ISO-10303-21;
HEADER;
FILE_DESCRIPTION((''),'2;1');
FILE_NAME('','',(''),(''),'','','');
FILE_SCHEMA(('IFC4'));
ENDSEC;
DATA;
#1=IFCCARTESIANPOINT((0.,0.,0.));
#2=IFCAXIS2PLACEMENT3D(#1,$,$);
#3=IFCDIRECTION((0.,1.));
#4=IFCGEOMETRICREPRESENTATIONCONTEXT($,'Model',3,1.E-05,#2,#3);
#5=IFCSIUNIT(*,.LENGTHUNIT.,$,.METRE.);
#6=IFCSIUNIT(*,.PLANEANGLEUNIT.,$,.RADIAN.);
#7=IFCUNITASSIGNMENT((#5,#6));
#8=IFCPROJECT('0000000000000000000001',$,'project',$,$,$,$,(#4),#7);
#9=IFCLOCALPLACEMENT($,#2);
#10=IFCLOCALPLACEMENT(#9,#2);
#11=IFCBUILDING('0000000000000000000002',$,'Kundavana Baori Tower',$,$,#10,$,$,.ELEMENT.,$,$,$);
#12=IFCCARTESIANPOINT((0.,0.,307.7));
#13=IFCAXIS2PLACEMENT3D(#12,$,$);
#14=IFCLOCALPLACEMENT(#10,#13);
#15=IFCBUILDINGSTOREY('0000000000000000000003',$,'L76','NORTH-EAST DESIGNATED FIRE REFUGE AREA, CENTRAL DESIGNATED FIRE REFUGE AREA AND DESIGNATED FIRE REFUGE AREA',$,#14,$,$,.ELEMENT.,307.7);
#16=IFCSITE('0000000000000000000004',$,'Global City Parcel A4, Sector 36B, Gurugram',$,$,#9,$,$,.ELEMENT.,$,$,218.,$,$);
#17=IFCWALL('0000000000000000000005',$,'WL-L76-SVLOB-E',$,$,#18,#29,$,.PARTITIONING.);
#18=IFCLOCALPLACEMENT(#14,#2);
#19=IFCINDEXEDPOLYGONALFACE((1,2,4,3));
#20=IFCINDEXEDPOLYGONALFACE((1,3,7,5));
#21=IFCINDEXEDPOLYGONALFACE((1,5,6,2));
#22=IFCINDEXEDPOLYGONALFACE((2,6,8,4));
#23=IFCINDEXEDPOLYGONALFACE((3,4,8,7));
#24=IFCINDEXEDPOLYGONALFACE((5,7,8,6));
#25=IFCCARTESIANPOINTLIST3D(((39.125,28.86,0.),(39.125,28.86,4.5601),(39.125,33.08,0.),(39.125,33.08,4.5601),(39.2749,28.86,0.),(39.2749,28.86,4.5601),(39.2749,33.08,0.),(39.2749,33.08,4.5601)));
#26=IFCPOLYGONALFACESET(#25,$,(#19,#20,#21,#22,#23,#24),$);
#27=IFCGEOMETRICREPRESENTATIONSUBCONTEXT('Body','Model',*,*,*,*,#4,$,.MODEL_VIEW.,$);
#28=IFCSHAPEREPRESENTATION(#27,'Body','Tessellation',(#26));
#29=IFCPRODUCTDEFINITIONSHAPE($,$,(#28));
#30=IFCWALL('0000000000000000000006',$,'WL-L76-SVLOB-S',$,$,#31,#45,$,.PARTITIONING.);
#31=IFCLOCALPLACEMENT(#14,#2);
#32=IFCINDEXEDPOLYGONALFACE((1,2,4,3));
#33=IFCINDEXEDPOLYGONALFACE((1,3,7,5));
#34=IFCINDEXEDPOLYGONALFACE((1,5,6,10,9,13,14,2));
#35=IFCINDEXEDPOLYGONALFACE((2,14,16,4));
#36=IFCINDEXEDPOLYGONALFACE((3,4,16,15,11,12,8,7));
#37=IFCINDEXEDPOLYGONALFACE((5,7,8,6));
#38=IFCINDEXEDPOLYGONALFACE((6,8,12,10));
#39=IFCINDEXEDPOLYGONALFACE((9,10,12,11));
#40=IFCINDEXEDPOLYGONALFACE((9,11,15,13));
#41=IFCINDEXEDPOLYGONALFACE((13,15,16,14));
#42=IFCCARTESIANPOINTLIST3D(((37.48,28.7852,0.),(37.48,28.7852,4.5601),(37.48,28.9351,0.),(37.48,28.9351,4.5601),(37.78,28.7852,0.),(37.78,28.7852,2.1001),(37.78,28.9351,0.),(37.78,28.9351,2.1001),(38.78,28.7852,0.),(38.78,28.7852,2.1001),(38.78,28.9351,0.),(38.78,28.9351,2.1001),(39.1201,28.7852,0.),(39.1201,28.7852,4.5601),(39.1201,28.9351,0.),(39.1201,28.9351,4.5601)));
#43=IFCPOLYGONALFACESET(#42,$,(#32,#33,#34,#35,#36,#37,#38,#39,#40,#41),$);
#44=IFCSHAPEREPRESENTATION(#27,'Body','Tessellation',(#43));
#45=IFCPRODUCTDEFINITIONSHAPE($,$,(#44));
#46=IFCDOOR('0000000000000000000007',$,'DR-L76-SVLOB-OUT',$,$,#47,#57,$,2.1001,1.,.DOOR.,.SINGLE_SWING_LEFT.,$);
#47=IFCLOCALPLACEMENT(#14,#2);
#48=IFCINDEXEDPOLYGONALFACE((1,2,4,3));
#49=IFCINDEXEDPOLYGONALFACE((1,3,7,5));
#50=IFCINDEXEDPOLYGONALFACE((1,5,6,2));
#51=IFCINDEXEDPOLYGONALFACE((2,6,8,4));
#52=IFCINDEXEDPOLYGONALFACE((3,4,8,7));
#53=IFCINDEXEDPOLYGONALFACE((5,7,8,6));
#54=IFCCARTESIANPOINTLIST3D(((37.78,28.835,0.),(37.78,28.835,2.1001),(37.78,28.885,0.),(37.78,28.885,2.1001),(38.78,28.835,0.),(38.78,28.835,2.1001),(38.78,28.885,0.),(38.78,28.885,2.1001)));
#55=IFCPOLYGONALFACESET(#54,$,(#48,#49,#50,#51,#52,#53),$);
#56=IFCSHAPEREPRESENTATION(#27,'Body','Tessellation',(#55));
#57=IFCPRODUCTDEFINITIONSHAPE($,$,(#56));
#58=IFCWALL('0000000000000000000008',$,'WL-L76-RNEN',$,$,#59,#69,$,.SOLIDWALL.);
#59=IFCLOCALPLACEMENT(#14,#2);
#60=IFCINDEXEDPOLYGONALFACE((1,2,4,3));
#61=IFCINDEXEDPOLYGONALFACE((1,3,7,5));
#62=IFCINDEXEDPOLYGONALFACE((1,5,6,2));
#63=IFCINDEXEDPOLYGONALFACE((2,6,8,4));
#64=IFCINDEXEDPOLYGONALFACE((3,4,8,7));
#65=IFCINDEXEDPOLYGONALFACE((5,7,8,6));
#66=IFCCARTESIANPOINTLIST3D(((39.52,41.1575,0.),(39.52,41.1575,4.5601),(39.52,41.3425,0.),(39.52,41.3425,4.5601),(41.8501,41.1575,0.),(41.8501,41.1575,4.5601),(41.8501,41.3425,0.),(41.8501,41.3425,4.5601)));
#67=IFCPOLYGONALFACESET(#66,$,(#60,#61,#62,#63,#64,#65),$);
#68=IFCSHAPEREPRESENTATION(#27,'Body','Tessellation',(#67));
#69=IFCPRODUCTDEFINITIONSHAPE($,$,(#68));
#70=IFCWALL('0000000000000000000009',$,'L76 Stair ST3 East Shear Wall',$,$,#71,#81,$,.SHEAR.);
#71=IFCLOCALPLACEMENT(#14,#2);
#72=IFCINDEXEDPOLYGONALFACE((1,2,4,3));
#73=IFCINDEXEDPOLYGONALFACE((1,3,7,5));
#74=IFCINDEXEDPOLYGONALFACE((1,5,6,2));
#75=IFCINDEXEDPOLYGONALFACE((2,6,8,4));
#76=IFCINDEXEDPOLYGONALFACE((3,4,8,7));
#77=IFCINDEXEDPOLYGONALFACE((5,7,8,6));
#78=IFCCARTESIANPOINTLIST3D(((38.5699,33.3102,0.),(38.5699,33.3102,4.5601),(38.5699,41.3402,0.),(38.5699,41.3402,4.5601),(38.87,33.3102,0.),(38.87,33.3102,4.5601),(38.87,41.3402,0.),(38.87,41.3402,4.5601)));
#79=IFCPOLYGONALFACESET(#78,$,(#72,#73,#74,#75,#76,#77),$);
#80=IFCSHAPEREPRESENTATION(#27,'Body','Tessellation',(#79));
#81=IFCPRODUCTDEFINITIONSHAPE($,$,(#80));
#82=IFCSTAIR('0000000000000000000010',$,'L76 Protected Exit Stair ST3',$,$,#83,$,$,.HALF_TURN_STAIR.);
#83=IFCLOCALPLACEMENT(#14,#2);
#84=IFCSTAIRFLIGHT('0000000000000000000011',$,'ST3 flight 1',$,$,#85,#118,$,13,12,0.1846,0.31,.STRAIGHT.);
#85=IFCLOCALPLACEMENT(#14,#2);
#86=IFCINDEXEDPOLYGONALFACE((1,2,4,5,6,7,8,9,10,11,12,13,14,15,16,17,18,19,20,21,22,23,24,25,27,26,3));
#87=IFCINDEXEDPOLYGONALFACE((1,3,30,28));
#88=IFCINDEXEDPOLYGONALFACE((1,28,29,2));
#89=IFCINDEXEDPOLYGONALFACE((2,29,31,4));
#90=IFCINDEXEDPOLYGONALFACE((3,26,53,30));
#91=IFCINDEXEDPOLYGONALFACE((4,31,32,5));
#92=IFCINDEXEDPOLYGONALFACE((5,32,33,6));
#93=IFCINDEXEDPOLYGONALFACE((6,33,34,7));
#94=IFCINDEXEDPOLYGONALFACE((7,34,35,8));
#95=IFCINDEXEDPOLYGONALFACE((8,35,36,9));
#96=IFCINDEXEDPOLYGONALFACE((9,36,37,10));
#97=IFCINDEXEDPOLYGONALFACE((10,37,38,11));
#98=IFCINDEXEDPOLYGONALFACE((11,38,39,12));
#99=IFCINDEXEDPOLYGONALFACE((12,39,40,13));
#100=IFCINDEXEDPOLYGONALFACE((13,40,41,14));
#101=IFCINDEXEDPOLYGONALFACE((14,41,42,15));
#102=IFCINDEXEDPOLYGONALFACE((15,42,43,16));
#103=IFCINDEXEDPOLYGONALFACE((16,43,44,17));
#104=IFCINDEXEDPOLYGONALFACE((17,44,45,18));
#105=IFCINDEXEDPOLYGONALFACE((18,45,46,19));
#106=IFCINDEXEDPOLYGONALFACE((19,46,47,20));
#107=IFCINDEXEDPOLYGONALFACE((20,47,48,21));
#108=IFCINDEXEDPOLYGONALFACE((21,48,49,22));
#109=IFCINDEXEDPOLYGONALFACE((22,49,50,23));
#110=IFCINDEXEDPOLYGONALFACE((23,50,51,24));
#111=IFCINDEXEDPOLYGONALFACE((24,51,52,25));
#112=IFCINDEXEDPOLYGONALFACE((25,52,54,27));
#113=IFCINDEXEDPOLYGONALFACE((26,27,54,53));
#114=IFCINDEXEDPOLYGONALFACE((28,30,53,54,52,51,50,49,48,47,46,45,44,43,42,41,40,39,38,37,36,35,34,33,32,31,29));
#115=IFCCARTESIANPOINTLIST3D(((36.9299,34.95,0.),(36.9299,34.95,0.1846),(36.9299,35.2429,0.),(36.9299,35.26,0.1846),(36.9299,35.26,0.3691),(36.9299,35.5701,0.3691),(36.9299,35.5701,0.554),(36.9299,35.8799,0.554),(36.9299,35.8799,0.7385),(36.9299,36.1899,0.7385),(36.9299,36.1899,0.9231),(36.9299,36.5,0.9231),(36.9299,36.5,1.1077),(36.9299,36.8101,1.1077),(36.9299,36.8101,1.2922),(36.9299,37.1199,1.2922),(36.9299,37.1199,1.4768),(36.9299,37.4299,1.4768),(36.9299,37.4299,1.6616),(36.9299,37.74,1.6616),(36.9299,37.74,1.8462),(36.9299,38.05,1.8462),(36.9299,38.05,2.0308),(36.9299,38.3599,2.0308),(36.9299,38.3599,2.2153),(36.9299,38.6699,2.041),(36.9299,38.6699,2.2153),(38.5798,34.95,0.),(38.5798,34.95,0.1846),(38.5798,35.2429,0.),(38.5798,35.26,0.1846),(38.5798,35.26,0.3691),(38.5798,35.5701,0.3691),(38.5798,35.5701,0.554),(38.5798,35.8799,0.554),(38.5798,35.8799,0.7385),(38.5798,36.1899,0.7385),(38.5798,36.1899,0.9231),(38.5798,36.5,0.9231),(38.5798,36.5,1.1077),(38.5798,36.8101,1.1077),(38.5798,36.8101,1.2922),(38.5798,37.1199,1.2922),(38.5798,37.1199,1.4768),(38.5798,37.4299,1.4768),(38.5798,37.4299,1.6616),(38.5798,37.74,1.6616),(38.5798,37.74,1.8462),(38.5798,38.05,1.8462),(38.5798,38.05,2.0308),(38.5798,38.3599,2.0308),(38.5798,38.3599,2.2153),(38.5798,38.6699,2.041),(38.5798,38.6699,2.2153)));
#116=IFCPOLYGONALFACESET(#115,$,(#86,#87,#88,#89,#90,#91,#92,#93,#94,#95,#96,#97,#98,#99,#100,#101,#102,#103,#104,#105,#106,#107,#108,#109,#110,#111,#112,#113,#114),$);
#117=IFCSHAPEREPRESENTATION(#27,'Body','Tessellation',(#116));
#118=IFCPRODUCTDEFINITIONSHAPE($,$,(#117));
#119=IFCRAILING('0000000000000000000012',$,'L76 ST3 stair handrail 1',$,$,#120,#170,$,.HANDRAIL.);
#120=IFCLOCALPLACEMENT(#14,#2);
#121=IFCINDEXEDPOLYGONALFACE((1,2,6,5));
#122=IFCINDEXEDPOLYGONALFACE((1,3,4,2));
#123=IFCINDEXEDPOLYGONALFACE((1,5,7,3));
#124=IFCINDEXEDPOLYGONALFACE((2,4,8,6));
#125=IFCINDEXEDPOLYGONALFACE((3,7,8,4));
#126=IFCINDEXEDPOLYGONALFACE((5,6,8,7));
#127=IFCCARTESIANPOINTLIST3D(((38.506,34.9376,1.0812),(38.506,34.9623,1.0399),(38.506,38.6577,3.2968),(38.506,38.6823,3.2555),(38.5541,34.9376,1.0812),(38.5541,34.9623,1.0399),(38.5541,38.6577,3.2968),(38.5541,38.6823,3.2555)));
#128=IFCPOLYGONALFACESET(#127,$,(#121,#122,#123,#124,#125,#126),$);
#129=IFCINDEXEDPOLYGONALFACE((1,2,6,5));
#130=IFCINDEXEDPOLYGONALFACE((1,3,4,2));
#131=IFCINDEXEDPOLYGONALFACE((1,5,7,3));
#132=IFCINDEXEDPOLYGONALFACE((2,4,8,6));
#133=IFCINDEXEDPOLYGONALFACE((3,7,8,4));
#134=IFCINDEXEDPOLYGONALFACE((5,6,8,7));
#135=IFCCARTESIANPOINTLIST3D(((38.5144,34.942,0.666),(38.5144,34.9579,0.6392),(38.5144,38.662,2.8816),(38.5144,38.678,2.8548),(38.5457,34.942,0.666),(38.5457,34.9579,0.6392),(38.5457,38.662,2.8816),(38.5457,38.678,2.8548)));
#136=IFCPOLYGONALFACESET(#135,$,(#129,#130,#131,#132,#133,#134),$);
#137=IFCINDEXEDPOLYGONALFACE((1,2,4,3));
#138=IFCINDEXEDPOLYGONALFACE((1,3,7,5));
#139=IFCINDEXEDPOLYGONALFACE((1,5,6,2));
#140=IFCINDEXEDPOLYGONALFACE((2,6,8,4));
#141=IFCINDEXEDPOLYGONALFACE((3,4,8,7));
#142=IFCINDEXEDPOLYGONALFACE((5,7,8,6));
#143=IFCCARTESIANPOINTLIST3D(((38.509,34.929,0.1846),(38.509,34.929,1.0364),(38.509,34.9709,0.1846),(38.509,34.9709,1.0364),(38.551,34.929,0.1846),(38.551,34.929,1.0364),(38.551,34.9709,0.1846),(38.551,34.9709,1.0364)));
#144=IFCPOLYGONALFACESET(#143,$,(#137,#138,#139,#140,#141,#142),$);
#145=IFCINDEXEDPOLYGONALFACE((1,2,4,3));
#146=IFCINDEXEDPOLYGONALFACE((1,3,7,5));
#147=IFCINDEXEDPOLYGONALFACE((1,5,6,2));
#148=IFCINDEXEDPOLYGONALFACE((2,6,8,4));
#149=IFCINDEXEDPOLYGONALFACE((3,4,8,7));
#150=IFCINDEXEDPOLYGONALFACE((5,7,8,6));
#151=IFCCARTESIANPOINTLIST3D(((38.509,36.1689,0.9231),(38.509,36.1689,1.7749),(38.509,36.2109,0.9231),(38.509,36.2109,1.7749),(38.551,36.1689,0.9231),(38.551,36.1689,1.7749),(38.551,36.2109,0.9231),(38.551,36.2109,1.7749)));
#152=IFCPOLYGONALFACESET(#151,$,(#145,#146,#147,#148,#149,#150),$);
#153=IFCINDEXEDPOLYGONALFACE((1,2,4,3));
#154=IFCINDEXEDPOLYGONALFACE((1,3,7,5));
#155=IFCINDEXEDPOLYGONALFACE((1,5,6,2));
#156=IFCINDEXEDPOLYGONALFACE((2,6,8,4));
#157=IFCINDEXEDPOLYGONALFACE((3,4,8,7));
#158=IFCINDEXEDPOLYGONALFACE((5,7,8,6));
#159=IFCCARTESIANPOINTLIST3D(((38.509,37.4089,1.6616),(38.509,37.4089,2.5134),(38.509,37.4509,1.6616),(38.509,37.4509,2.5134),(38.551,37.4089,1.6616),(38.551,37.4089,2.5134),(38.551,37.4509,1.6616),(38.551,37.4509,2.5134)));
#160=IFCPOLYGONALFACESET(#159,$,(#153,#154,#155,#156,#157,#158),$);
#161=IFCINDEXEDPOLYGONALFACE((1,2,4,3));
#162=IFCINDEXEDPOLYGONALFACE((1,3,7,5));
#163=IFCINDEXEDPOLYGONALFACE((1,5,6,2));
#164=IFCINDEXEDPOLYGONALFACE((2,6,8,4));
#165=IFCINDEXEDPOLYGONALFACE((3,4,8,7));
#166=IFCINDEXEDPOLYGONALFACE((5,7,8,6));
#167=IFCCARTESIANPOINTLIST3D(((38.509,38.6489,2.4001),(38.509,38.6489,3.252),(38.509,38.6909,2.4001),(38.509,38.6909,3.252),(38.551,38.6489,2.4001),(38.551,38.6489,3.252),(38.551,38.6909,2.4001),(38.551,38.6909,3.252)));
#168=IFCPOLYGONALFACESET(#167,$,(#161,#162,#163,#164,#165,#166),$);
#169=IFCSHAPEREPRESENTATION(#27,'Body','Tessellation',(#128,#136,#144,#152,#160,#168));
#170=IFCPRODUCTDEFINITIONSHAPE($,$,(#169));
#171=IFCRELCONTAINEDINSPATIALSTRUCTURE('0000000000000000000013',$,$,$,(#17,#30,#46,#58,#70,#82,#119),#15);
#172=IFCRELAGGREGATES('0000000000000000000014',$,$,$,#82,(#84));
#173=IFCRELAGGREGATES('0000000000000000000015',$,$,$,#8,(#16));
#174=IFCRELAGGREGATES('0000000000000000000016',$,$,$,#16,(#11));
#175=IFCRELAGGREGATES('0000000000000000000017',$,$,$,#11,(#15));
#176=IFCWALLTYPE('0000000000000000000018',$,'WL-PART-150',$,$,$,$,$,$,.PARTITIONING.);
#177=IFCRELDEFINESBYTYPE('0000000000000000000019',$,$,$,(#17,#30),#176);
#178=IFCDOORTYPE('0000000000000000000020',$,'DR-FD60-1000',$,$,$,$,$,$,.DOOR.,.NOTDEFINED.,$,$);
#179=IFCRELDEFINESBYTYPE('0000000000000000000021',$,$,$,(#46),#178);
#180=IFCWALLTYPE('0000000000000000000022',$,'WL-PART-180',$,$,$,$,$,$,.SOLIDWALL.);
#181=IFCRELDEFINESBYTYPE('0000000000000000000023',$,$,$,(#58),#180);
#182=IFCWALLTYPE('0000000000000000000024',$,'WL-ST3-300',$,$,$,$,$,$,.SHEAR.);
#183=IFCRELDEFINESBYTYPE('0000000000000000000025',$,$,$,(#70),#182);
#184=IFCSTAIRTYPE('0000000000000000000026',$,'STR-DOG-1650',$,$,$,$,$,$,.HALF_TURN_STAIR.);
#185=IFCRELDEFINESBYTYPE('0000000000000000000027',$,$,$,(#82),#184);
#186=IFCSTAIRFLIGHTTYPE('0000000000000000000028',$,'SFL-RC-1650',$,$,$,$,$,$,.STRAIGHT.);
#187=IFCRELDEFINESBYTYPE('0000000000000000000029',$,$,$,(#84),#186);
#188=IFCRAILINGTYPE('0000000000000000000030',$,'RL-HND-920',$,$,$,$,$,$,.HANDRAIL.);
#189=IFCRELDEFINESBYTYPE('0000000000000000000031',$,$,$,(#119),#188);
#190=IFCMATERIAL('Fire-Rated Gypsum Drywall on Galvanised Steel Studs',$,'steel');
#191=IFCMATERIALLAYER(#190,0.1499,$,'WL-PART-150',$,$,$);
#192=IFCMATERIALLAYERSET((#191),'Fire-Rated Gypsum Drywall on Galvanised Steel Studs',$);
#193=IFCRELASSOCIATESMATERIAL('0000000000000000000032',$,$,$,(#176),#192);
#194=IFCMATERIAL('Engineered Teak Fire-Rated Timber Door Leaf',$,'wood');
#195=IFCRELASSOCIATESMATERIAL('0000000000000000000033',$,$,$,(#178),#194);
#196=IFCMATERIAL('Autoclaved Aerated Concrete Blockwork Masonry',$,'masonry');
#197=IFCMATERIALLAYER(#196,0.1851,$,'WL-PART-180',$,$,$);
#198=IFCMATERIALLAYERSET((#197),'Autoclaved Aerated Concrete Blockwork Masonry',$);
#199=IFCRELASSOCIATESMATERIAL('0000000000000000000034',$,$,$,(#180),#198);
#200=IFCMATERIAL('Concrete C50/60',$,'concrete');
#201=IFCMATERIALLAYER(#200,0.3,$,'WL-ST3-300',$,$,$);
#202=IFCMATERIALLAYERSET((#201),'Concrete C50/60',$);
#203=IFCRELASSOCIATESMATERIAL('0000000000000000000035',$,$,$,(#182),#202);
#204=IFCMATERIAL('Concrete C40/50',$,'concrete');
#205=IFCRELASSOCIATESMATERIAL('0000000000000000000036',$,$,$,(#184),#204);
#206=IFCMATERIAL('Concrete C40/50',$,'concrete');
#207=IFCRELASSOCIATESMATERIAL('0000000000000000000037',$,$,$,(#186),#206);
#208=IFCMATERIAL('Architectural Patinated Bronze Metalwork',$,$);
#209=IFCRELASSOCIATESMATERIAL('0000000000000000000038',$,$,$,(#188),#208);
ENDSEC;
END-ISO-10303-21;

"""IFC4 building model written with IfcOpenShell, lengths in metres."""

from ifc_helpers import new_model, si_unit, direction, frame, frame_2d, origin, origin_2d, place, context, subcontext, project, spatial, polyline, rectangle, outline, extrude, material, layer, layer_set, type_object, element, fill, aggregate, save


model = new_model("IFC4")

# Units and contexts
model_context = context("Model", 3, precision=1e-05, world=origin(), true_north=direction((0.0, 1.0)))
body_context = subcontext(model_context, "Body", "Model", "MODEL_VIEW")
ifc_project = project(units=[si_unit("LENGTHUNIT", "METRE"), si_unit("PLANEANGLEUNIT", "RADIAN")], contexts=[model_context])

# Site, building, storey
site_placement = place(None, origin())
site = spatial("IfcSite", under=ifc_project, at=site_placement, Name="Global City Parcel A4, Sector 36B, Gurugram", CompositionType="ELEMENT", RefElevation=218.0)
building_placement = place(site_placement, origin())
building = spatial("IfcBuilding", under=site, at=building_placement, Name="Kundavana Baori Tower", CompositionType="ELEMENT")
storey_placement = place(building_placement, frame((0.0, 0.0, 307.7)))
storey = spatial("IfcBuildingStorey", under=building, at=storey_placement, Name="L76", Description="NORTH-EAST DESIGNATED FIRE REFUGE AREA, CENTRAL DESIGNATED FIRE REFUGE AREA AND DESIGNATED FIRE REFUGE AREA", CompositionType="ELEMENT", Elevation=307.7)

# Wall
ifc_material_1 = material(Name="Fire-Rated Gypsum Drywall on Galvanised Steel Studs", Category="steel")
ifc_layer_1 = layer(ifc_material_1, 0.1499, Name="WL-PART-150")
ifc_layer_set_1 = layer_set([ifc_layer_1], Name="Fire-Rated Gypsum Drywall on Galvanised Steel Studs")
wall_type_1 = type_object("IfcWallType", Name="WL-PART-150", PredefinedType="PARTITIONING", material=ifc_layer_set_1)
wall_1_placement = place(storey_placement, frame((39.2, 28.8601, 0.0), z_axis=(0.0, 0.0, 1.0), x_axis=(0.0, 1.0, 0.0)))
element("IfcWall", 1, at=wall_1_placement, inside=storey, type_object=wall_type_1, Name="WL-L76-SVLOB-E", PredefinedType="PARTITIONING", context=body_context, shape_type="SweptSolid", body=[
    extrude(rectangle(XDim=4.22, YDim=0.1499, at=frame_2d((2.1099, 0.0))), origin(), (0.0, 0.0, 1.0), 4.5601),
])

# Wall, opening, door
wall_2_placement = place(storey_placement, frame((37.48, 28.8601, 0.0), z_axis=(0.0, 0.0, 1.0), x_axis=(1.0, 0.0, 0.0)))
wall_2 = element("IfcWall", 2, at=wall_2_placement, inside=storey, type_object=wall_type_1, Name="WL-L76-SVLOB-S", PredefinedType="PARTITIONING", context=body_context, shape_type="SweptSolid", body=[
    extrude(rectangle(XDim=1.6401, YDim=0.1499, at=frame_2d((0.8201, 0.0))), origin(), (0.0, 0.0, 1.0), 4.5601),
])
opening_1_placement = place(wall_2_placement, frame((0.3, 0.0, 0.0)))
opening_1 = element("IfcOpeningElement", 3, at=opening_1_placement, cuts=wall_2, PredefinedType="OPENING", context=body_context, shape_type="SweptSolid", body=[
    extrude(rectangle(XDim=1.0, YDim=2.1001, at=frame_2d((0.5, 1.05))), frame((0.0, 0.085, 0.0), z_axis=(0.0, -1.0, 0.0), x_axis=(1.0, 0.0, 0.0)), (0.0, 0.0, 1.0), 0.1699),
])
ifc_material_2 = material(Name="Engineered Teak Fire-Rated Timber Door Leaf", Category="wood")
door_type_1 = type_object("IfcDoorType", Name="DR-FD60-1000", OperationType="NOTDEFINED", PredefinedType="DOOR", material=ifc_material_2)
door_1_placement = place(opening_1_placement, origin())
door_1 = element("IfcDoor", 4, at=door_1_placement, inside=storey, type_object=door_type_1, Name="DR-L76-SVLOB-OUT", OperationType="SINGLE_SWING_LEFT", OverallHeight=2.1001, OverallWidth=1.0, PredefinedType="DOOR", context=body_context, shape_type="SweptSolid", body=[
    extrude(rectangle(XDim=1.0, YDim=2.1001, at=frame_2d((0.5, 1.05))), frame((0.0, 0.0249, 0.0), z_axis=(0.0, -1.0, 0.0), x_axis=(1.0, 0.0, 0.0)), (0.0, 0.0, 1.0), 0.05),
])
fill(opening_1, door_1)

# Wall
ifc_material_3 = material(Name="Autoclaved Aerated Concrete Blockwork Masonry", Category="masonry")
ifc_layer_2 = layer(ifc_material_3, 0.1851, Name="WL-PART-180")
ifc_layer_set_2 = layer_set([ifc_layer_2], Name="Autoclaved Aerated Concrete Blockwork Masonry")
wall_type_2 = type_object("IfcWallType", Name="WL-PART-180", PredefinedType="SOLIDWALL", material=ifc_layer_set_2)
wall_3_placement = place(storey_placement, frame((39.52, 41.25, 0.0), z_axis=(0.0, 0.0, 1.0), x_axis=(1.0, 0.0, 0.0)))
element("IfcWall", 5, at=wall_3_placement, inside=storey, type_object=wall_type_2, Name="WL-L76-RNEN", PredefinedType="SOLIDWALL", context=body_context, shape_type="SweptSolid", body=[
    extrude(rectangle(XDim=2.3301, YDim=0.1851, at=frame_2d((1.165, 0.0))), origin(), (0.0, 0.0, 1.0), 4.5601),
])

# Wall
ifc_material_4 = material(Name="Concrete C50/60", Category="concrete")
ifc_layer_3 = layer(ifc_material_4, 0.3, Name="WL-ST3-300")
ifc_layer_set_3 = layer_set([ifc_layer_3], Name="Concrete C50/60")
wall_type_3 = type_object("IfcWallType", Name="WL-ST3-300", PredefinedType="SHEAR", material=ifc_layer_set_3)
wall_4_placement = place(storey_placement, frame((38.72, 33.3101, 0.0), z_axis=(0.0, 0.0, 1.0), x_axis=(0.0, 1.0, 0.0)))
element("IfcWall", 6, at=wall_4_placement, inside=storey, type_object=wall_type_3, Name="L76 Stair ST3 East Shear Wall", PredefinedType="SHEAR", context=body_context, shape_type="SweptSolid", body=[
    extrude(rectangle(XDim=8.03, YDim=0.3, at=frame_2d((4.0151, 0.0))), origin(), (0.0, 0.0, 1.0), 4.5601),
])

# Stair, stair flight
ifc_material_5 = material(Name="Concrete C40/50", Category="concrete")
stair_type = type_object("IfcStairType", Name="STR-DOG-1650", PredefinedType="HALF_TURN_STAIR", material=ifc_material_5)
stair_placement = place(storey_placement, origin())
stair = element("IfcStair", 7, at=stair_placement, inside=storey, type_object=stair_type, Name="L76 Protected Exit Stair ST3", PredefinedType="HALF_TURN_STAIR")
ifc_material_6 = material(Name="Concrete C40/50", Category="concrete")
stair_flight_type = type_object("IfcStairFlightType", Name="SFL-RC-1650", PredefinedType="STRAIGHT", material=ifc_material_6)
stair_flight_placement = place(storey_placement, frame((37.7549, 34.95, 0.0), z_axis=(0.0, 0.0, 1.0), x_axis=(0.0, 1.0, 0.0)))
stair_flight = element("IfcStairFlight", 8, at=stair_flight_placement, type_object=stair_flight_type, Name="ST3 flight 1", NumberOfRisers=13, NumberOfTreads=12, PredefinedType="STRAIGHT", RiserHeight=0.1846, TreadLength=0.31, context=body_context, shape_type="SweptSolid", body=[
    extrude(outline(polyline([(0.0, 0.0), (0.0, 0.1846), (0.3101, 0.1846), (0.3101, 0.3691), (0.6201, 0.3691), (0.6201, 0.554), (0.9299, 0.554), (0.9299, 0.7385), (1.24, 0.7385), (1.24, 0.9231), (1.55, 0.9231), (1.55, 1.1077), (1.8601, 1.1077), (1.8601, 1.2922), (2.1699, 1.2922), (2.1699, 1.4768), (2.48, 1.4768), (2.48, 1.6616), (2.79, 1.6616), (2.79, 1.8462), (3.1001, 1.8462), (3.1001, 2.0308), (3.4099, 2.0308), (3.4099, 2.2153), (3.72, 2.2153), (3.72, 2.3999), (3.72, 2.041), (0.293, 0.0), (0.0, 0.0)])), frame((0.0, 0.825, 0.0), z_axis=(0.0, -1.0, 0.0), x_axis=(1.0, 0.0, 0.0)), (0.0, 0.0, 1.0), 1.6499),
])
aggregate(stair, [stair_flight])

# Railing
ifc_material_7 = material(Name="Architectural Patinated Bronze Metalwork")
railing_type = type_object("IfcRailingType", Name="RL-HND-920", PredefinedType="HANDRAIL", material=ifc_material_7)
railing_placement = place(storey_placement, frame((38.53, 34.95, 0.1846)))
element("IfcRailing", 9, at=railing_placement, inside=storey, type_object=railing_type, Name="L76 ST3 stair handrail 1", PredefinedType="HANDRAIL", context=body_context, shape_type="SweptSolid", body=[
    extrude(rectangle(XDim=0.0481, YDim=0.0481, at=origin_2d()), frame((0.0, 0.0, 0.876), z_axis=(0.0, 0.85916, 0.511707), x_axis=(-1.0, 0.0, 0.0)), (0.0, 0.0, 1.0), 4.3298),
    extrude(rectangle(XDim=0.0312, YDim=0.0312, at=origin_2d()), frame((0.0, 0.0, 0.468), z_axis=(0.0, 0.85916, 0.511707), x_axis=(-1.0, 0.0, 0.0)), (0.0, 0.0, 1.0), 4.3298),
    extrude(rectangle(XDim=0.042, YDim=0.042, at=origin_2d()), origin(), (0.0, 0.0, 1.0), 0.8518),
    extrude(rectangle(XDim=0.042, YDim=0.042, at=origin_2d()), frame((0.0, 1.24, 0.7385)), (0.0, 0.0, 1.0), 0.8518),
    extrude(rectangle(XDim=0.042, YDim=0.042, at=origin_2d()), frame((0.0, 2.48, 1.4771)), (0.0, 0.0, 1.0), 0.8518),
    extrude(rectangle(XDim=0.042, YDim=0.042, at=origin_2d()), frame((0.0, 3.72, 2.2156)), (0.0, 0.0, 1.0), 0.8518),
])

save(model, "model.ifc")
